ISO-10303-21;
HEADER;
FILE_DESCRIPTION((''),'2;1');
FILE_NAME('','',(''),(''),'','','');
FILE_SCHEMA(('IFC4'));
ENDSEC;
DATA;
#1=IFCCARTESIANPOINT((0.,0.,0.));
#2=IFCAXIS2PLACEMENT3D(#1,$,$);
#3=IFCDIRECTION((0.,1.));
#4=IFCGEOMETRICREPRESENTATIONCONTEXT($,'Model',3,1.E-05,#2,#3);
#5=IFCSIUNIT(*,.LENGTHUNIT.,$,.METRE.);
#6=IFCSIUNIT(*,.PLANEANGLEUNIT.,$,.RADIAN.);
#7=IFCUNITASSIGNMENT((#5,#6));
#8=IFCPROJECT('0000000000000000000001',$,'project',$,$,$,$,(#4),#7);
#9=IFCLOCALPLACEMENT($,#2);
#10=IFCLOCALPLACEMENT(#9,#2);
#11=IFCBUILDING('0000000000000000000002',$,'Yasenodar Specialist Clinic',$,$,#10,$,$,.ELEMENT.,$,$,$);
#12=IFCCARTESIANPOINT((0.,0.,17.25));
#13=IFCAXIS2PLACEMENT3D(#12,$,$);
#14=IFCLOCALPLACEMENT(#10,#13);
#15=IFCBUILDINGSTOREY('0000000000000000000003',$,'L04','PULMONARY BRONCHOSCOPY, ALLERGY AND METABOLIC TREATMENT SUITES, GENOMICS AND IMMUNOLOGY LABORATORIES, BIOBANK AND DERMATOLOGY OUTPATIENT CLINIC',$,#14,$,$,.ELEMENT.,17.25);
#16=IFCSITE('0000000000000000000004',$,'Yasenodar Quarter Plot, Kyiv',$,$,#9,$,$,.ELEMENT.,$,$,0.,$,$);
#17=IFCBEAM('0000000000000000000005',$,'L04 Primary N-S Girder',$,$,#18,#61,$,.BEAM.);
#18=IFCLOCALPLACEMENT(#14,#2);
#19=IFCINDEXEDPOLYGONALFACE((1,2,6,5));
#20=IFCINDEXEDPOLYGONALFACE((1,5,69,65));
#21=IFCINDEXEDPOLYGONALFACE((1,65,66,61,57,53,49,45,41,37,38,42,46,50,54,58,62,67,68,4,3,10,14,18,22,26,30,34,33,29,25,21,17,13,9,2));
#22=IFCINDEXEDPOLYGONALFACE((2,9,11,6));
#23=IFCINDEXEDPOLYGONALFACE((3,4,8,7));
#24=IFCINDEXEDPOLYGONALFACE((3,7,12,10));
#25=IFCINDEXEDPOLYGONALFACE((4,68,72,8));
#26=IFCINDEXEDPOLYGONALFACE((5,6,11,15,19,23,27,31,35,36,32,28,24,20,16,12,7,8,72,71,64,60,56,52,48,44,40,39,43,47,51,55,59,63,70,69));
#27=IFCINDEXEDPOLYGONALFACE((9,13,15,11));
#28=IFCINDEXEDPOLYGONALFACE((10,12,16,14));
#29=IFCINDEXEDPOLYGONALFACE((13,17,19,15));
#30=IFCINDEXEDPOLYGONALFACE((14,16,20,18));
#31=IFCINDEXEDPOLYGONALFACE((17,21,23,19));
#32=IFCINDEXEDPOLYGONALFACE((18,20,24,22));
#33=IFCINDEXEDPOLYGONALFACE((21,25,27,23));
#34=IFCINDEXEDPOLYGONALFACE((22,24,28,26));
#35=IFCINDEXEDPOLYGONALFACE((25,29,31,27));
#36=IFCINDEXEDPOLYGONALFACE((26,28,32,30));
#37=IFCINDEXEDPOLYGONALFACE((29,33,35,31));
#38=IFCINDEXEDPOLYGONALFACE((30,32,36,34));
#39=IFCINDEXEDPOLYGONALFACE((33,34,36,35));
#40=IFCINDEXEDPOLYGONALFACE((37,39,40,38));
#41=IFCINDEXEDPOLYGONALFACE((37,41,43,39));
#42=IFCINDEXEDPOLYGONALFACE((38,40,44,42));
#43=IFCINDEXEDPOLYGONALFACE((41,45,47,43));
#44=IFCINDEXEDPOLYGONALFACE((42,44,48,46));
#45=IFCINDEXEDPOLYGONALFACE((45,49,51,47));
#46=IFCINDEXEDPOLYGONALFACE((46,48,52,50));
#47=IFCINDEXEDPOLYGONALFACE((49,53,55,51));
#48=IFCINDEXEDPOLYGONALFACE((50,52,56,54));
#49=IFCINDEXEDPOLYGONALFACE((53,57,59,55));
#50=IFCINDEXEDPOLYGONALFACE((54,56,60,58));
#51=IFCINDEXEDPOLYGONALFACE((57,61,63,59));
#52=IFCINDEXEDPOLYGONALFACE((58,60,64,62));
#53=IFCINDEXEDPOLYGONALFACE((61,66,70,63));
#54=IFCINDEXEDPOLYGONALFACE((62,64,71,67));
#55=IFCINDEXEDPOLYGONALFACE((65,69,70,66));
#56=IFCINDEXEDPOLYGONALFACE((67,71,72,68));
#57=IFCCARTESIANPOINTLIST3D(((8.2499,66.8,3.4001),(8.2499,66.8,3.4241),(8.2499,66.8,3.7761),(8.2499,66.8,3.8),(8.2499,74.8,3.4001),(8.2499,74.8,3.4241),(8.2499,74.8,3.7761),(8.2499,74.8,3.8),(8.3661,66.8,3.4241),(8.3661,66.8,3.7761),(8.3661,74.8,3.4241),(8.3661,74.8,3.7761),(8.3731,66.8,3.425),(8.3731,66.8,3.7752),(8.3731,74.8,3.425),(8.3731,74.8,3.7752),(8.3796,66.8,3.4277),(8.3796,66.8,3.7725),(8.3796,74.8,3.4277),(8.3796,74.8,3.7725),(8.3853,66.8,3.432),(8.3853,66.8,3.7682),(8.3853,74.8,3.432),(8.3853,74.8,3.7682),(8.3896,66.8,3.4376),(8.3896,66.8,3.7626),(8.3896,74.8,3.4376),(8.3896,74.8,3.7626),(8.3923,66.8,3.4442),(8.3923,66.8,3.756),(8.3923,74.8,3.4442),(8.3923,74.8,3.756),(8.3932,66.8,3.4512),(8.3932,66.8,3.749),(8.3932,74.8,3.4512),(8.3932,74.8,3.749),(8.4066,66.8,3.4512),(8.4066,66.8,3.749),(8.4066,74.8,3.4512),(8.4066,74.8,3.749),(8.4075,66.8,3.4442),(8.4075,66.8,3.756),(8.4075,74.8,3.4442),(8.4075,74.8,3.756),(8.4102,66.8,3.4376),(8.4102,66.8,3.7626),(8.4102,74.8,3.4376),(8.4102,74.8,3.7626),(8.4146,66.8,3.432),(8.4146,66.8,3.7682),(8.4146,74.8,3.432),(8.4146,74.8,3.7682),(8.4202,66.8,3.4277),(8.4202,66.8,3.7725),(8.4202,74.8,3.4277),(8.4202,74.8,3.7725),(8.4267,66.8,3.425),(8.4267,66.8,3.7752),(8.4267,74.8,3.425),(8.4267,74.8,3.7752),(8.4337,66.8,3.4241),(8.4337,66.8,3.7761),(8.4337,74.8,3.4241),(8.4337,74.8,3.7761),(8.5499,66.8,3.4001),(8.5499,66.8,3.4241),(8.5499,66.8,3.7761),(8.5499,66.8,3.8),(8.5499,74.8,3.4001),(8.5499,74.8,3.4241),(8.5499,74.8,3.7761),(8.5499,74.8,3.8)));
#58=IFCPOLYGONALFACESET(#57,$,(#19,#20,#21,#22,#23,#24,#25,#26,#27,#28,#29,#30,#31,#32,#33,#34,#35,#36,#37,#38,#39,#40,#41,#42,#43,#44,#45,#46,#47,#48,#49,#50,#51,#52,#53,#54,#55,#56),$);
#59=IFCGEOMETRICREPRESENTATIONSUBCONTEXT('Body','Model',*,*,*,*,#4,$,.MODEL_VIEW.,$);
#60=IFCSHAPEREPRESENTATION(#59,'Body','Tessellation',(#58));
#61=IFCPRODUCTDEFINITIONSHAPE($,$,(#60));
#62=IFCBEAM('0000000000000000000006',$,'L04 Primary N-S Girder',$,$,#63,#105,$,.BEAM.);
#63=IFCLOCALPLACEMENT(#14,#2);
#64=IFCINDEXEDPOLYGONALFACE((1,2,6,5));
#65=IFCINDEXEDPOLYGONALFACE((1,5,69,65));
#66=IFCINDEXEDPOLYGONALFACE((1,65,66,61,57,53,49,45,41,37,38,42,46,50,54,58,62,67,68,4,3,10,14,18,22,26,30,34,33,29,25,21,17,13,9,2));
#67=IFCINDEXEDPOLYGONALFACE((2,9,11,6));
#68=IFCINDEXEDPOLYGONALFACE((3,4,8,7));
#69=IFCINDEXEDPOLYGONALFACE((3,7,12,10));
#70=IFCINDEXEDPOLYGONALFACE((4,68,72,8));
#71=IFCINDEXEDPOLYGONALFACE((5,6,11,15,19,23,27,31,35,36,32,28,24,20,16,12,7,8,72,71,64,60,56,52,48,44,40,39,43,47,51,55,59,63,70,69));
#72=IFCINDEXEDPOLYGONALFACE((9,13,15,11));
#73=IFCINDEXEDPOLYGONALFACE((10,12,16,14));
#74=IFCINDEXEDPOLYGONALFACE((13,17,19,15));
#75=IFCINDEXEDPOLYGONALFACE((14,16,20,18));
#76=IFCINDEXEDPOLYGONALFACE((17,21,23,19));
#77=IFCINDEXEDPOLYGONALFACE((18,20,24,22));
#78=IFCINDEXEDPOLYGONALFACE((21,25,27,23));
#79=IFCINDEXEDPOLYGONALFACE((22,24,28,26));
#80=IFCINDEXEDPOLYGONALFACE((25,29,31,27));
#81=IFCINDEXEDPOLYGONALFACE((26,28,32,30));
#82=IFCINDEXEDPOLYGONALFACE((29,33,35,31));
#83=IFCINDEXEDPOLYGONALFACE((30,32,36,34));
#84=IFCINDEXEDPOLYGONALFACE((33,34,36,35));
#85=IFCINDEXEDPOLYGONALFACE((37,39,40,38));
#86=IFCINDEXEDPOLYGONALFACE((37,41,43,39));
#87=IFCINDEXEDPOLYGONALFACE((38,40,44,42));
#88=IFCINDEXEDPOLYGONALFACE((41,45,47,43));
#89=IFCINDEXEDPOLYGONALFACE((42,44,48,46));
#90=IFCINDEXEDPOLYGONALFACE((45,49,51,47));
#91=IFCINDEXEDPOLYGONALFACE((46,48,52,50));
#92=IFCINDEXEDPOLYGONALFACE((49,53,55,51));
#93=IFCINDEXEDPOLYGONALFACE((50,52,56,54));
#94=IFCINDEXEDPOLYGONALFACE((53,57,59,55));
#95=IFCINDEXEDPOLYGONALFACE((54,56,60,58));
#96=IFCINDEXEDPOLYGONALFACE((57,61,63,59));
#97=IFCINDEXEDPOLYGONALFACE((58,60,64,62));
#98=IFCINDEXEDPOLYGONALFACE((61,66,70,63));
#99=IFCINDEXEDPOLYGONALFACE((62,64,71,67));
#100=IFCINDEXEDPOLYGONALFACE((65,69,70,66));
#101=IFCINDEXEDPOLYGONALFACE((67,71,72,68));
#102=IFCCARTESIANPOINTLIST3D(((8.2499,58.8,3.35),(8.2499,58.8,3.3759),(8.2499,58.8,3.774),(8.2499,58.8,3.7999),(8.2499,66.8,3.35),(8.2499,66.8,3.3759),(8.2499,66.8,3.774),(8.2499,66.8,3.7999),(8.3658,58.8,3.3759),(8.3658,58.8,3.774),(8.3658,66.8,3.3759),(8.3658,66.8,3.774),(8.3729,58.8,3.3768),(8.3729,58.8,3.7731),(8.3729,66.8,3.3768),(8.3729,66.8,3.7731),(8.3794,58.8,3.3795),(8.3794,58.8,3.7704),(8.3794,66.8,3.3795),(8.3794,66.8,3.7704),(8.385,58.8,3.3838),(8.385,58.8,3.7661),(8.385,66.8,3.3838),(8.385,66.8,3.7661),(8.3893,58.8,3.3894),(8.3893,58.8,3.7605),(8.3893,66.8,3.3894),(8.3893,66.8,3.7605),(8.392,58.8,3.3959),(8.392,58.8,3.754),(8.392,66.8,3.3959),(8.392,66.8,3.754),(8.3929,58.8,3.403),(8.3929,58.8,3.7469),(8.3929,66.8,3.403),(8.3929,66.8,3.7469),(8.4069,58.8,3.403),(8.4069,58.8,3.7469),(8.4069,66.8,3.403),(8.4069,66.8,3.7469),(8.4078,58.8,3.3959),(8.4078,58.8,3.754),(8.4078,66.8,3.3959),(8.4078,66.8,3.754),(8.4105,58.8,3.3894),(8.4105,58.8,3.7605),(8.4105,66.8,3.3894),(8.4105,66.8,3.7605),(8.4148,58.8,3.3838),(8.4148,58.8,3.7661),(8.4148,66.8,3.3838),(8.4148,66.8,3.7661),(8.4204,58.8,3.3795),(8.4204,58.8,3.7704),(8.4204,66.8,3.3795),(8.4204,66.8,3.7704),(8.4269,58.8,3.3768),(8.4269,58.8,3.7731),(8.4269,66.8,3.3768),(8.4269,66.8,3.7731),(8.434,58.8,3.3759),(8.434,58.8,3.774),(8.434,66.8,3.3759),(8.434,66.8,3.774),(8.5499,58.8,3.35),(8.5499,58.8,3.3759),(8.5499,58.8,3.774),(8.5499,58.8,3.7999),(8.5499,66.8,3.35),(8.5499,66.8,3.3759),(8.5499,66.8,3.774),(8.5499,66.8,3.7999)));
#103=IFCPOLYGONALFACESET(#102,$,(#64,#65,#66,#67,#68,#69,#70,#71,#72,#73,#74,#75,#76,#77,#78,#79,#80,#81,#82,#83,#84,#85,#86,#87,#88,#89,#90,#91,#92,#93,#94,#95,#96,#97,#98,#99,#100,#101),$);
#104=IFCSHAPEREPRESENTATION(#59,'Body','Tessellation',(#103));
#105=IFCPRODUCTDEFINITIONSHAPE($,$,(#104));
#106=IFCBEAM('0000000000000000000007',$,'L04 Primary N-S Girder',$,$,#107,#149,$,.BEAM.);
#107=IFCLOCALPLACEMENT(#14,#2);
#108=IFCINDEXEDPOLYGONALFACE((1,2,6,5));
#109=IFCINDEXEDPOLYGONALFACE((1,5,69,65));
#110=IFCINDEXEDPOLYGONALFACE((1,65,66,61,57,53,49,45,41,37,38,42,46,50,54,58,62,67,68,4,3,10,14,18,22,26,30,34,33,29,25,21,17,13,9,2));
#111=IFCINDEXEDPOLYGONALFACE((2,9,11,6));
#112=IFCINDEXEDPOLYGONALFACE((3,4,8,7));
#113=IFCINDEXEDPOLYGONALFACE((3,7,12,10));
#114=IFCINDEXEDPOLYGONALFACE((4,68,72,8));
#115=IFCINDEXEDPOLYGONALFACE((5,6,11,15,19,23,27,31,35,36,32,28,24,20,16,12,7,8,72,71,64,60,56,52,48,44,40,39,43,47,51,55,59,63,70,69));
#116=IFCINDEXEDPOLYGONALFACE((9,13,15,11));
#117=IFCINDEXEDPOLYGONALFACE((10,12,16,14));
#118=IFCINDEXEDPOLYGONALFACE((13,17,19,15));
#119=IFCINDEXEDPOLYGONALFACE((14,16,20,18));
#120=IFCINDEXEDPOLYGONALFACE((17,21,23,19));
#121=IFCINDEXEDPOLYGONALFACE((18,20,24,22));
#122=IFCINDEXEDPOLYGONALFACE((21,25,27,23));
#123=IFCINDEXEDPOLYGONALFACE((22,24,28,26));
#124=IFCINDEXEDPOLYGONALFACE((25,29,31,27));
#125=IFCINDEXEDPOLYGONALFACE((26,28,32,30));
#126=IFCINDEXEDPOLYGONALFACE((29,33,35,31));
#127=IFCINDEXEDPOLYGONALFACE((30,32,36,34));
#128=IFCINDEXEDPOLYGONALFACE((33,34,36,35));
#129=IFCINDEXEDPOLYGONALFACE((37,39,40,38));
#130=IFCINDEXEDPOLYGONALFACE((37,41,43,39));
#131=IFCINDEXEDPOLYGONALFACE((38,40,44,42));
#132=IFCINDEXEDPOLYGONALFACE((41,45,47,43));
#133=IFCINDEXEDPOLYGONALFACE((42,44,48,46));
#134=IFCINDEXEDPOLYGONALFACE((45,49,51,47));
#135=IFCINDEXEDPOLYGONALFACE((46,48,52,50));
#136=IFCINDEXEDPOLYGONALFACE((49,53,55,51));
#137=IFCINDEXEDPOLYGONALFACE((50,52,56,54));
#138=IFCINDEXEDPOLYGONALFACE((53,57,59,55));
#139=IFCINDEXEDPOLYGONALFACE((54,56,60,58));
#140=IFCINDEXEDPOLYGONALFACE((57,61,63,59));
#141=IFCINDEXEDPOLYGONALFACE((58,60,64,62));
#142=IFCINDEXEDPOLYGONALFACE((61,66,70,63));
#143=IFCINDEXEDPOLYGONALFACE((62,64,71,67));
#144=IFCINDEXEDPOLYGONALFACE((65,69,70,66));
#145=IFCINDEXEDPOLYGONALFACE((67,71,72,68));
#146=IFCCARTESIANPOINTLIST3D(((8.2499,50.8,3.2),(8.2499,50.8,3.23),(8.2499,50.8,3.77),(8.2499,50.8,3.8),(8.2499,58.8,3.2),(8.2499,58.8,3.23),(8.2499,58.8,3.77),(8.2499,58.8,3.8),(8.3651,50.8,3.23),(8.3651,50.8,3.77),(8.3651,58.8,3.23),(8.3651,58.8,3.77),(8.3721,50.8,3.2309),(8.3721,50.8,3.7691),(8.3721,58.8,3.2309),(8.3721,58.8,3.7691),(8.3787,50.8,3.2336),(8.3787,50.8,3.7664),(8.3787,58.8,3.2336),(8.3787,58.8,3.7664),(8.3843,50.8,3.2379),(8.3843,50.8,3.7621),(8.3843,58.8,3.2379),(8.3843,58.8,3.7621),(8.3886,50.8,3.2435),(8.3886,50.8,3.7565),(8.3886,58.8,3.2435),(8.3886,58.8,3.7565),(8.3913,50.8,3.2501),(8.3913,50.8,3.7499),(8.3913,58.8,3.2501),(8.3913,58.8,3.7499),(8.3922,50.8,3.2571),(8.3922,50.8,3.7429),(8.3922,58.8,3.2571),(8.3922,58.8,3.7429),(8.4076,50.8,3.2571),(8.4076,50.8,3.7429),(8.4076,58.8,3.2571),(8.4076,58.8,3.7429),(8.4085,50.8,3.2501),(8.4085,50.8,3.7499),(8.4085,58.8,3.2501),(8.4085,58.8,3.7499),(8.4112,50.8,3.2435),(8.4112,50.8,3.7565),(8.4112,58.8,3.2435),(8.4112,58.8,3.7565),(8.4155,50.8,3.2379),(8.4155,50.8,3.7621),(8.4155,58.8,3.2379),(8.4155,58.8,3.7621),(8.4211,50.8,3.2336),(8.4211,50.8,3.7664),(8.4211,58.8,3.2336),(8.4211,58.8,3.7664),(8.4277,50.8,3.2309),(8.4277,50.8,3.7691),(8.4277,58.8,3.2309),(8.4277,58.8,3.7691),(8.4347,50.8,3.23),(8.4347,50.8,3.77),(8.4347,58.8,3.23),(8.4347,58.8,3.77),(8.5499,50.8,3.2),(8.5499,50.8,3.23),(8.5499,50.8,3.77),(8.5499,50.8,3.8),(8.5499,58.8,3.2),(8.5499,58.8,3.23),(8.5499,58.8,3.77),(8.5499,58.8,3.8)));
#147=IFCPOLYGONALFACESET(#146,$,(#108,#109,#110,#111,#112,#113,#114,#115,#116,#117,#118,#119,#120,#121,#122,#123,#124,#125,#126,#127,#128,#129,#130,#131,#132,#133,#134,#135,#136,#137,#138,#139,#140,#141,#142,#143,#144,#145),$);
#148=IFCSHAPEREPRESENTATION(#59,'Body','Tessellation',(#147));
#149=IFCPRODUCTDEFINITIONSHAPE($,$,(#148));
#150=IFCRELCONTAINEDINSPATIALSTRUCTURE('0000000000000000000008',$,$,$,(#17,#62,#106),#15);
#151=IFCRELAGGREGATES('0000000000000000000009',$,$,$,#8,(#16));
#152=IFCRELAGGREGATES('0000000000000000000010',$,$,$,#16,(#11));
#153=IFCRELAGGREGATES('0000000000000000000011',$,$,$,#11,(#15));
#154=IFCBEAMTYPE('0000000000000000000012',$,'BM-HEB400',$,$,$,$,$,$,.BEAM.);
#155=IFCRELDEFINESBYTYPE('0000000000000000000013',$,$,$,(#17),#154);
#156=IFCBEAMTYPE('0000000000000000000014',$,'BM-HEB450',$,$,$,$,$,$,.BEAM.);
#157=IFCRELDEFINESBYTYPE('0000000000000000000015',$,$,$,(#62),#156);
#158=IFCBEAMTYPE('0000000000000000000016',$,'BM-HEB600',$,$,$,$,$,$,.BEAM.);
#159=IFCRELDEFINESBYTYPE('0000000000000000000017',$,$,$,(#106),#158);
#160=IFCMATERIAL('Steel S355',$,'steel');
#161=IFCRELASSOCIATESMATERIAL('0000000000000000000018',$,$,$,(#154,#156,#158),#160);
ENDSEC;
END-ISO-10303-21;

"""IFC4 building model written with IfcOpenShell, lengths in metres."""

from ifc_helpers import new_model, si_unit, direction, frame, origin, origin_2d, place, context, subcontext, project, spatial, i_section, extrude, material, material_profile, profile_set, type_object, element, save


model = new_model("IFC4")

# Units and contexts
model_context = context("Model", 3, precision=1e-05, world=origin(), true_north=direction((0.0, 1.0)))
body_context = subcontext(model_context, "Body", "Model", "MODEL_VIEW")
ifc_project = project(units=[si_unit("LENGTHUNIT", "METRE"), si_unit("PLANEANGLEUNIT", "RADIAN")], contexts=[model_context])

# Site, building, storey
site_placement = place(None, origin())
site = spatial("IfcSite", under=ifc_project, at=site_placement, Name="Yasenodar Quarter Plot, Kyiv", CompositionType="ELEMENT", RefElevation=0.0)
building_placement = place(site_placement, origin())
building = spatial("IfcBuilding", under=site, at=building_placement, Name="Yasenodar Specialist Clinic", CompositionType="ELEMENT")
storey_placement = place(building_placement, frame((0.0, 0.0, 17.25)))
storey = spatial("IfcBuildingStorey", under=building, at=storey_placement, Name="L04", Description="PULMONARY BRONCHOSCOPY, ALLERGY AND METABOLIC TREATMENT SUITES, GENOMICS AND IMMUNOLOGY LABORATORIES, BIOBANK AND DERMATOLOGY OUTPATIENT CLINIC", CompositionType="ELEMENT", Elevation=17.25)

# Shared definitions
ifc_material_1 = material(Name="Steel S355", Category="steel")

# Beams
ifc_material_profile_1 = material_profile(ifc_material_1, i_section(OverallWidth=0.3, OverallDepth=0.3999, WebThickness=0.0134, FlangeThickness=0.0239, FilletRadius=0.0271, at=origin_2d()), Name="HEB 400")
ifc_profile_set_1 = profile_set([ifc_material_profile_1], Name="Steel S355")
beam_type_1 = type_object("IfcBeamType", Name="BM-HEB400", PredefinedType="BEAM", material=ifc_profile_set_1)
beam_1_placement = place(storey_placement, frame((8.3999, 66.8, 3.6001), z_axis=(0.0, 1.0, 0.0), x_axis=(-1.0, 0.0, 0.0)))
element("IfcBeam", 1, at=beam_1_placement, inside=storey, type_object=beam_type_1, Name="L04 Primary N-S Girder", PredefinedType="BEAM", context=body_context, shape_type="SweptSolid", body=[
    extrude(i_section(OverallWidth=0.3, OverallDepth=0.3999, WebThickness=0.0134, FlangeThickness=0.0239, FilletRadius=0.0271, at=origin_2d()), origin(), (0.0, 0.0, 1.0), 8.0),
])
ifc_material_profile_2 = material_profile(ifc_material_1, i_section(OverallWidth=0.3, OverallDepth=0.45, WebThickness=0.0139, FlangeThickness=0.0259, FilletRadius=0.0271, at=origin_2d()), Name="HEB 450")
ifc_profile_set_2 = profile_set([ifc_material_profile_2], Name="Steel S355")
beam_type_2 = type_object("IfcBeamType", Name="BM-HEB450", PredefinedType="BEAM", material=ifc_profile_set_2)
beam_2_placement = place(storey_placement, frame((8.3999, 58.8, 3.575), z_axis=(0.0, 1.0, 0.0), x_axis=(-1.0, 0.0, 0.0)))
element("IfcBeam", 2, at=beam_2_placement, inside=storey, type_object=beam_type_2, Name="L04 Primary N-S Girder", PredefinedType="BEAM", context=body_context, shape_type="SweptSolid", body=[
    extrude(i_section(OverallWidth=0.3, OverallDepth=0.45, WebThickness=0.0139, FlangeThickness=0.0259, FilletRadius=0.0271, at=origin_2d()), origin(), (0.0, 0.0, 1.0), 8.0),
])
ifc_material_profile_3 = material_profile(ifc_material_1, i_section(OverallWidth=0.3, OverallDepth=0.6001, WebThickness=0.0154, FlangeThickness=0.03, FilletRadius=0.0271, at=origin_2d()), Name="HEB 600")
ifc_profile_set_3 = profile_set([ifc_material_profile_3], Name="Steel S355")
beam_type_3 = type_object("IfcBeamType", Name="BM-HEB600", PredefinedType="BEAM", material=ifc_profile_set_3)
beam_3_placement = place(storey_placement, frame((8.3999, 50.8, 3.5), z_axis=(0.0, 1.0, 0.0), x_axis=(-1.0, 0.0, 0.0)))
element("IfcBeam", 3, at=beam_3_placement, inside=storey, type_object=beam_type_3, Name="L04 Primary N-S Girder", PredefinedType="BEAM", context=body_context, shape_type="SweptSolid", body=[
    extrude(i_section(OverallWidth=0.3, OverallDepth=0.6001, WebThickness=0.0154, FlangeThickness=0.03, FilletRadius=0.0271, at=origin_2d()), origin(), (0.0, 0.0, 1.0), 8.0),
])

save(model, "model.ifc")
